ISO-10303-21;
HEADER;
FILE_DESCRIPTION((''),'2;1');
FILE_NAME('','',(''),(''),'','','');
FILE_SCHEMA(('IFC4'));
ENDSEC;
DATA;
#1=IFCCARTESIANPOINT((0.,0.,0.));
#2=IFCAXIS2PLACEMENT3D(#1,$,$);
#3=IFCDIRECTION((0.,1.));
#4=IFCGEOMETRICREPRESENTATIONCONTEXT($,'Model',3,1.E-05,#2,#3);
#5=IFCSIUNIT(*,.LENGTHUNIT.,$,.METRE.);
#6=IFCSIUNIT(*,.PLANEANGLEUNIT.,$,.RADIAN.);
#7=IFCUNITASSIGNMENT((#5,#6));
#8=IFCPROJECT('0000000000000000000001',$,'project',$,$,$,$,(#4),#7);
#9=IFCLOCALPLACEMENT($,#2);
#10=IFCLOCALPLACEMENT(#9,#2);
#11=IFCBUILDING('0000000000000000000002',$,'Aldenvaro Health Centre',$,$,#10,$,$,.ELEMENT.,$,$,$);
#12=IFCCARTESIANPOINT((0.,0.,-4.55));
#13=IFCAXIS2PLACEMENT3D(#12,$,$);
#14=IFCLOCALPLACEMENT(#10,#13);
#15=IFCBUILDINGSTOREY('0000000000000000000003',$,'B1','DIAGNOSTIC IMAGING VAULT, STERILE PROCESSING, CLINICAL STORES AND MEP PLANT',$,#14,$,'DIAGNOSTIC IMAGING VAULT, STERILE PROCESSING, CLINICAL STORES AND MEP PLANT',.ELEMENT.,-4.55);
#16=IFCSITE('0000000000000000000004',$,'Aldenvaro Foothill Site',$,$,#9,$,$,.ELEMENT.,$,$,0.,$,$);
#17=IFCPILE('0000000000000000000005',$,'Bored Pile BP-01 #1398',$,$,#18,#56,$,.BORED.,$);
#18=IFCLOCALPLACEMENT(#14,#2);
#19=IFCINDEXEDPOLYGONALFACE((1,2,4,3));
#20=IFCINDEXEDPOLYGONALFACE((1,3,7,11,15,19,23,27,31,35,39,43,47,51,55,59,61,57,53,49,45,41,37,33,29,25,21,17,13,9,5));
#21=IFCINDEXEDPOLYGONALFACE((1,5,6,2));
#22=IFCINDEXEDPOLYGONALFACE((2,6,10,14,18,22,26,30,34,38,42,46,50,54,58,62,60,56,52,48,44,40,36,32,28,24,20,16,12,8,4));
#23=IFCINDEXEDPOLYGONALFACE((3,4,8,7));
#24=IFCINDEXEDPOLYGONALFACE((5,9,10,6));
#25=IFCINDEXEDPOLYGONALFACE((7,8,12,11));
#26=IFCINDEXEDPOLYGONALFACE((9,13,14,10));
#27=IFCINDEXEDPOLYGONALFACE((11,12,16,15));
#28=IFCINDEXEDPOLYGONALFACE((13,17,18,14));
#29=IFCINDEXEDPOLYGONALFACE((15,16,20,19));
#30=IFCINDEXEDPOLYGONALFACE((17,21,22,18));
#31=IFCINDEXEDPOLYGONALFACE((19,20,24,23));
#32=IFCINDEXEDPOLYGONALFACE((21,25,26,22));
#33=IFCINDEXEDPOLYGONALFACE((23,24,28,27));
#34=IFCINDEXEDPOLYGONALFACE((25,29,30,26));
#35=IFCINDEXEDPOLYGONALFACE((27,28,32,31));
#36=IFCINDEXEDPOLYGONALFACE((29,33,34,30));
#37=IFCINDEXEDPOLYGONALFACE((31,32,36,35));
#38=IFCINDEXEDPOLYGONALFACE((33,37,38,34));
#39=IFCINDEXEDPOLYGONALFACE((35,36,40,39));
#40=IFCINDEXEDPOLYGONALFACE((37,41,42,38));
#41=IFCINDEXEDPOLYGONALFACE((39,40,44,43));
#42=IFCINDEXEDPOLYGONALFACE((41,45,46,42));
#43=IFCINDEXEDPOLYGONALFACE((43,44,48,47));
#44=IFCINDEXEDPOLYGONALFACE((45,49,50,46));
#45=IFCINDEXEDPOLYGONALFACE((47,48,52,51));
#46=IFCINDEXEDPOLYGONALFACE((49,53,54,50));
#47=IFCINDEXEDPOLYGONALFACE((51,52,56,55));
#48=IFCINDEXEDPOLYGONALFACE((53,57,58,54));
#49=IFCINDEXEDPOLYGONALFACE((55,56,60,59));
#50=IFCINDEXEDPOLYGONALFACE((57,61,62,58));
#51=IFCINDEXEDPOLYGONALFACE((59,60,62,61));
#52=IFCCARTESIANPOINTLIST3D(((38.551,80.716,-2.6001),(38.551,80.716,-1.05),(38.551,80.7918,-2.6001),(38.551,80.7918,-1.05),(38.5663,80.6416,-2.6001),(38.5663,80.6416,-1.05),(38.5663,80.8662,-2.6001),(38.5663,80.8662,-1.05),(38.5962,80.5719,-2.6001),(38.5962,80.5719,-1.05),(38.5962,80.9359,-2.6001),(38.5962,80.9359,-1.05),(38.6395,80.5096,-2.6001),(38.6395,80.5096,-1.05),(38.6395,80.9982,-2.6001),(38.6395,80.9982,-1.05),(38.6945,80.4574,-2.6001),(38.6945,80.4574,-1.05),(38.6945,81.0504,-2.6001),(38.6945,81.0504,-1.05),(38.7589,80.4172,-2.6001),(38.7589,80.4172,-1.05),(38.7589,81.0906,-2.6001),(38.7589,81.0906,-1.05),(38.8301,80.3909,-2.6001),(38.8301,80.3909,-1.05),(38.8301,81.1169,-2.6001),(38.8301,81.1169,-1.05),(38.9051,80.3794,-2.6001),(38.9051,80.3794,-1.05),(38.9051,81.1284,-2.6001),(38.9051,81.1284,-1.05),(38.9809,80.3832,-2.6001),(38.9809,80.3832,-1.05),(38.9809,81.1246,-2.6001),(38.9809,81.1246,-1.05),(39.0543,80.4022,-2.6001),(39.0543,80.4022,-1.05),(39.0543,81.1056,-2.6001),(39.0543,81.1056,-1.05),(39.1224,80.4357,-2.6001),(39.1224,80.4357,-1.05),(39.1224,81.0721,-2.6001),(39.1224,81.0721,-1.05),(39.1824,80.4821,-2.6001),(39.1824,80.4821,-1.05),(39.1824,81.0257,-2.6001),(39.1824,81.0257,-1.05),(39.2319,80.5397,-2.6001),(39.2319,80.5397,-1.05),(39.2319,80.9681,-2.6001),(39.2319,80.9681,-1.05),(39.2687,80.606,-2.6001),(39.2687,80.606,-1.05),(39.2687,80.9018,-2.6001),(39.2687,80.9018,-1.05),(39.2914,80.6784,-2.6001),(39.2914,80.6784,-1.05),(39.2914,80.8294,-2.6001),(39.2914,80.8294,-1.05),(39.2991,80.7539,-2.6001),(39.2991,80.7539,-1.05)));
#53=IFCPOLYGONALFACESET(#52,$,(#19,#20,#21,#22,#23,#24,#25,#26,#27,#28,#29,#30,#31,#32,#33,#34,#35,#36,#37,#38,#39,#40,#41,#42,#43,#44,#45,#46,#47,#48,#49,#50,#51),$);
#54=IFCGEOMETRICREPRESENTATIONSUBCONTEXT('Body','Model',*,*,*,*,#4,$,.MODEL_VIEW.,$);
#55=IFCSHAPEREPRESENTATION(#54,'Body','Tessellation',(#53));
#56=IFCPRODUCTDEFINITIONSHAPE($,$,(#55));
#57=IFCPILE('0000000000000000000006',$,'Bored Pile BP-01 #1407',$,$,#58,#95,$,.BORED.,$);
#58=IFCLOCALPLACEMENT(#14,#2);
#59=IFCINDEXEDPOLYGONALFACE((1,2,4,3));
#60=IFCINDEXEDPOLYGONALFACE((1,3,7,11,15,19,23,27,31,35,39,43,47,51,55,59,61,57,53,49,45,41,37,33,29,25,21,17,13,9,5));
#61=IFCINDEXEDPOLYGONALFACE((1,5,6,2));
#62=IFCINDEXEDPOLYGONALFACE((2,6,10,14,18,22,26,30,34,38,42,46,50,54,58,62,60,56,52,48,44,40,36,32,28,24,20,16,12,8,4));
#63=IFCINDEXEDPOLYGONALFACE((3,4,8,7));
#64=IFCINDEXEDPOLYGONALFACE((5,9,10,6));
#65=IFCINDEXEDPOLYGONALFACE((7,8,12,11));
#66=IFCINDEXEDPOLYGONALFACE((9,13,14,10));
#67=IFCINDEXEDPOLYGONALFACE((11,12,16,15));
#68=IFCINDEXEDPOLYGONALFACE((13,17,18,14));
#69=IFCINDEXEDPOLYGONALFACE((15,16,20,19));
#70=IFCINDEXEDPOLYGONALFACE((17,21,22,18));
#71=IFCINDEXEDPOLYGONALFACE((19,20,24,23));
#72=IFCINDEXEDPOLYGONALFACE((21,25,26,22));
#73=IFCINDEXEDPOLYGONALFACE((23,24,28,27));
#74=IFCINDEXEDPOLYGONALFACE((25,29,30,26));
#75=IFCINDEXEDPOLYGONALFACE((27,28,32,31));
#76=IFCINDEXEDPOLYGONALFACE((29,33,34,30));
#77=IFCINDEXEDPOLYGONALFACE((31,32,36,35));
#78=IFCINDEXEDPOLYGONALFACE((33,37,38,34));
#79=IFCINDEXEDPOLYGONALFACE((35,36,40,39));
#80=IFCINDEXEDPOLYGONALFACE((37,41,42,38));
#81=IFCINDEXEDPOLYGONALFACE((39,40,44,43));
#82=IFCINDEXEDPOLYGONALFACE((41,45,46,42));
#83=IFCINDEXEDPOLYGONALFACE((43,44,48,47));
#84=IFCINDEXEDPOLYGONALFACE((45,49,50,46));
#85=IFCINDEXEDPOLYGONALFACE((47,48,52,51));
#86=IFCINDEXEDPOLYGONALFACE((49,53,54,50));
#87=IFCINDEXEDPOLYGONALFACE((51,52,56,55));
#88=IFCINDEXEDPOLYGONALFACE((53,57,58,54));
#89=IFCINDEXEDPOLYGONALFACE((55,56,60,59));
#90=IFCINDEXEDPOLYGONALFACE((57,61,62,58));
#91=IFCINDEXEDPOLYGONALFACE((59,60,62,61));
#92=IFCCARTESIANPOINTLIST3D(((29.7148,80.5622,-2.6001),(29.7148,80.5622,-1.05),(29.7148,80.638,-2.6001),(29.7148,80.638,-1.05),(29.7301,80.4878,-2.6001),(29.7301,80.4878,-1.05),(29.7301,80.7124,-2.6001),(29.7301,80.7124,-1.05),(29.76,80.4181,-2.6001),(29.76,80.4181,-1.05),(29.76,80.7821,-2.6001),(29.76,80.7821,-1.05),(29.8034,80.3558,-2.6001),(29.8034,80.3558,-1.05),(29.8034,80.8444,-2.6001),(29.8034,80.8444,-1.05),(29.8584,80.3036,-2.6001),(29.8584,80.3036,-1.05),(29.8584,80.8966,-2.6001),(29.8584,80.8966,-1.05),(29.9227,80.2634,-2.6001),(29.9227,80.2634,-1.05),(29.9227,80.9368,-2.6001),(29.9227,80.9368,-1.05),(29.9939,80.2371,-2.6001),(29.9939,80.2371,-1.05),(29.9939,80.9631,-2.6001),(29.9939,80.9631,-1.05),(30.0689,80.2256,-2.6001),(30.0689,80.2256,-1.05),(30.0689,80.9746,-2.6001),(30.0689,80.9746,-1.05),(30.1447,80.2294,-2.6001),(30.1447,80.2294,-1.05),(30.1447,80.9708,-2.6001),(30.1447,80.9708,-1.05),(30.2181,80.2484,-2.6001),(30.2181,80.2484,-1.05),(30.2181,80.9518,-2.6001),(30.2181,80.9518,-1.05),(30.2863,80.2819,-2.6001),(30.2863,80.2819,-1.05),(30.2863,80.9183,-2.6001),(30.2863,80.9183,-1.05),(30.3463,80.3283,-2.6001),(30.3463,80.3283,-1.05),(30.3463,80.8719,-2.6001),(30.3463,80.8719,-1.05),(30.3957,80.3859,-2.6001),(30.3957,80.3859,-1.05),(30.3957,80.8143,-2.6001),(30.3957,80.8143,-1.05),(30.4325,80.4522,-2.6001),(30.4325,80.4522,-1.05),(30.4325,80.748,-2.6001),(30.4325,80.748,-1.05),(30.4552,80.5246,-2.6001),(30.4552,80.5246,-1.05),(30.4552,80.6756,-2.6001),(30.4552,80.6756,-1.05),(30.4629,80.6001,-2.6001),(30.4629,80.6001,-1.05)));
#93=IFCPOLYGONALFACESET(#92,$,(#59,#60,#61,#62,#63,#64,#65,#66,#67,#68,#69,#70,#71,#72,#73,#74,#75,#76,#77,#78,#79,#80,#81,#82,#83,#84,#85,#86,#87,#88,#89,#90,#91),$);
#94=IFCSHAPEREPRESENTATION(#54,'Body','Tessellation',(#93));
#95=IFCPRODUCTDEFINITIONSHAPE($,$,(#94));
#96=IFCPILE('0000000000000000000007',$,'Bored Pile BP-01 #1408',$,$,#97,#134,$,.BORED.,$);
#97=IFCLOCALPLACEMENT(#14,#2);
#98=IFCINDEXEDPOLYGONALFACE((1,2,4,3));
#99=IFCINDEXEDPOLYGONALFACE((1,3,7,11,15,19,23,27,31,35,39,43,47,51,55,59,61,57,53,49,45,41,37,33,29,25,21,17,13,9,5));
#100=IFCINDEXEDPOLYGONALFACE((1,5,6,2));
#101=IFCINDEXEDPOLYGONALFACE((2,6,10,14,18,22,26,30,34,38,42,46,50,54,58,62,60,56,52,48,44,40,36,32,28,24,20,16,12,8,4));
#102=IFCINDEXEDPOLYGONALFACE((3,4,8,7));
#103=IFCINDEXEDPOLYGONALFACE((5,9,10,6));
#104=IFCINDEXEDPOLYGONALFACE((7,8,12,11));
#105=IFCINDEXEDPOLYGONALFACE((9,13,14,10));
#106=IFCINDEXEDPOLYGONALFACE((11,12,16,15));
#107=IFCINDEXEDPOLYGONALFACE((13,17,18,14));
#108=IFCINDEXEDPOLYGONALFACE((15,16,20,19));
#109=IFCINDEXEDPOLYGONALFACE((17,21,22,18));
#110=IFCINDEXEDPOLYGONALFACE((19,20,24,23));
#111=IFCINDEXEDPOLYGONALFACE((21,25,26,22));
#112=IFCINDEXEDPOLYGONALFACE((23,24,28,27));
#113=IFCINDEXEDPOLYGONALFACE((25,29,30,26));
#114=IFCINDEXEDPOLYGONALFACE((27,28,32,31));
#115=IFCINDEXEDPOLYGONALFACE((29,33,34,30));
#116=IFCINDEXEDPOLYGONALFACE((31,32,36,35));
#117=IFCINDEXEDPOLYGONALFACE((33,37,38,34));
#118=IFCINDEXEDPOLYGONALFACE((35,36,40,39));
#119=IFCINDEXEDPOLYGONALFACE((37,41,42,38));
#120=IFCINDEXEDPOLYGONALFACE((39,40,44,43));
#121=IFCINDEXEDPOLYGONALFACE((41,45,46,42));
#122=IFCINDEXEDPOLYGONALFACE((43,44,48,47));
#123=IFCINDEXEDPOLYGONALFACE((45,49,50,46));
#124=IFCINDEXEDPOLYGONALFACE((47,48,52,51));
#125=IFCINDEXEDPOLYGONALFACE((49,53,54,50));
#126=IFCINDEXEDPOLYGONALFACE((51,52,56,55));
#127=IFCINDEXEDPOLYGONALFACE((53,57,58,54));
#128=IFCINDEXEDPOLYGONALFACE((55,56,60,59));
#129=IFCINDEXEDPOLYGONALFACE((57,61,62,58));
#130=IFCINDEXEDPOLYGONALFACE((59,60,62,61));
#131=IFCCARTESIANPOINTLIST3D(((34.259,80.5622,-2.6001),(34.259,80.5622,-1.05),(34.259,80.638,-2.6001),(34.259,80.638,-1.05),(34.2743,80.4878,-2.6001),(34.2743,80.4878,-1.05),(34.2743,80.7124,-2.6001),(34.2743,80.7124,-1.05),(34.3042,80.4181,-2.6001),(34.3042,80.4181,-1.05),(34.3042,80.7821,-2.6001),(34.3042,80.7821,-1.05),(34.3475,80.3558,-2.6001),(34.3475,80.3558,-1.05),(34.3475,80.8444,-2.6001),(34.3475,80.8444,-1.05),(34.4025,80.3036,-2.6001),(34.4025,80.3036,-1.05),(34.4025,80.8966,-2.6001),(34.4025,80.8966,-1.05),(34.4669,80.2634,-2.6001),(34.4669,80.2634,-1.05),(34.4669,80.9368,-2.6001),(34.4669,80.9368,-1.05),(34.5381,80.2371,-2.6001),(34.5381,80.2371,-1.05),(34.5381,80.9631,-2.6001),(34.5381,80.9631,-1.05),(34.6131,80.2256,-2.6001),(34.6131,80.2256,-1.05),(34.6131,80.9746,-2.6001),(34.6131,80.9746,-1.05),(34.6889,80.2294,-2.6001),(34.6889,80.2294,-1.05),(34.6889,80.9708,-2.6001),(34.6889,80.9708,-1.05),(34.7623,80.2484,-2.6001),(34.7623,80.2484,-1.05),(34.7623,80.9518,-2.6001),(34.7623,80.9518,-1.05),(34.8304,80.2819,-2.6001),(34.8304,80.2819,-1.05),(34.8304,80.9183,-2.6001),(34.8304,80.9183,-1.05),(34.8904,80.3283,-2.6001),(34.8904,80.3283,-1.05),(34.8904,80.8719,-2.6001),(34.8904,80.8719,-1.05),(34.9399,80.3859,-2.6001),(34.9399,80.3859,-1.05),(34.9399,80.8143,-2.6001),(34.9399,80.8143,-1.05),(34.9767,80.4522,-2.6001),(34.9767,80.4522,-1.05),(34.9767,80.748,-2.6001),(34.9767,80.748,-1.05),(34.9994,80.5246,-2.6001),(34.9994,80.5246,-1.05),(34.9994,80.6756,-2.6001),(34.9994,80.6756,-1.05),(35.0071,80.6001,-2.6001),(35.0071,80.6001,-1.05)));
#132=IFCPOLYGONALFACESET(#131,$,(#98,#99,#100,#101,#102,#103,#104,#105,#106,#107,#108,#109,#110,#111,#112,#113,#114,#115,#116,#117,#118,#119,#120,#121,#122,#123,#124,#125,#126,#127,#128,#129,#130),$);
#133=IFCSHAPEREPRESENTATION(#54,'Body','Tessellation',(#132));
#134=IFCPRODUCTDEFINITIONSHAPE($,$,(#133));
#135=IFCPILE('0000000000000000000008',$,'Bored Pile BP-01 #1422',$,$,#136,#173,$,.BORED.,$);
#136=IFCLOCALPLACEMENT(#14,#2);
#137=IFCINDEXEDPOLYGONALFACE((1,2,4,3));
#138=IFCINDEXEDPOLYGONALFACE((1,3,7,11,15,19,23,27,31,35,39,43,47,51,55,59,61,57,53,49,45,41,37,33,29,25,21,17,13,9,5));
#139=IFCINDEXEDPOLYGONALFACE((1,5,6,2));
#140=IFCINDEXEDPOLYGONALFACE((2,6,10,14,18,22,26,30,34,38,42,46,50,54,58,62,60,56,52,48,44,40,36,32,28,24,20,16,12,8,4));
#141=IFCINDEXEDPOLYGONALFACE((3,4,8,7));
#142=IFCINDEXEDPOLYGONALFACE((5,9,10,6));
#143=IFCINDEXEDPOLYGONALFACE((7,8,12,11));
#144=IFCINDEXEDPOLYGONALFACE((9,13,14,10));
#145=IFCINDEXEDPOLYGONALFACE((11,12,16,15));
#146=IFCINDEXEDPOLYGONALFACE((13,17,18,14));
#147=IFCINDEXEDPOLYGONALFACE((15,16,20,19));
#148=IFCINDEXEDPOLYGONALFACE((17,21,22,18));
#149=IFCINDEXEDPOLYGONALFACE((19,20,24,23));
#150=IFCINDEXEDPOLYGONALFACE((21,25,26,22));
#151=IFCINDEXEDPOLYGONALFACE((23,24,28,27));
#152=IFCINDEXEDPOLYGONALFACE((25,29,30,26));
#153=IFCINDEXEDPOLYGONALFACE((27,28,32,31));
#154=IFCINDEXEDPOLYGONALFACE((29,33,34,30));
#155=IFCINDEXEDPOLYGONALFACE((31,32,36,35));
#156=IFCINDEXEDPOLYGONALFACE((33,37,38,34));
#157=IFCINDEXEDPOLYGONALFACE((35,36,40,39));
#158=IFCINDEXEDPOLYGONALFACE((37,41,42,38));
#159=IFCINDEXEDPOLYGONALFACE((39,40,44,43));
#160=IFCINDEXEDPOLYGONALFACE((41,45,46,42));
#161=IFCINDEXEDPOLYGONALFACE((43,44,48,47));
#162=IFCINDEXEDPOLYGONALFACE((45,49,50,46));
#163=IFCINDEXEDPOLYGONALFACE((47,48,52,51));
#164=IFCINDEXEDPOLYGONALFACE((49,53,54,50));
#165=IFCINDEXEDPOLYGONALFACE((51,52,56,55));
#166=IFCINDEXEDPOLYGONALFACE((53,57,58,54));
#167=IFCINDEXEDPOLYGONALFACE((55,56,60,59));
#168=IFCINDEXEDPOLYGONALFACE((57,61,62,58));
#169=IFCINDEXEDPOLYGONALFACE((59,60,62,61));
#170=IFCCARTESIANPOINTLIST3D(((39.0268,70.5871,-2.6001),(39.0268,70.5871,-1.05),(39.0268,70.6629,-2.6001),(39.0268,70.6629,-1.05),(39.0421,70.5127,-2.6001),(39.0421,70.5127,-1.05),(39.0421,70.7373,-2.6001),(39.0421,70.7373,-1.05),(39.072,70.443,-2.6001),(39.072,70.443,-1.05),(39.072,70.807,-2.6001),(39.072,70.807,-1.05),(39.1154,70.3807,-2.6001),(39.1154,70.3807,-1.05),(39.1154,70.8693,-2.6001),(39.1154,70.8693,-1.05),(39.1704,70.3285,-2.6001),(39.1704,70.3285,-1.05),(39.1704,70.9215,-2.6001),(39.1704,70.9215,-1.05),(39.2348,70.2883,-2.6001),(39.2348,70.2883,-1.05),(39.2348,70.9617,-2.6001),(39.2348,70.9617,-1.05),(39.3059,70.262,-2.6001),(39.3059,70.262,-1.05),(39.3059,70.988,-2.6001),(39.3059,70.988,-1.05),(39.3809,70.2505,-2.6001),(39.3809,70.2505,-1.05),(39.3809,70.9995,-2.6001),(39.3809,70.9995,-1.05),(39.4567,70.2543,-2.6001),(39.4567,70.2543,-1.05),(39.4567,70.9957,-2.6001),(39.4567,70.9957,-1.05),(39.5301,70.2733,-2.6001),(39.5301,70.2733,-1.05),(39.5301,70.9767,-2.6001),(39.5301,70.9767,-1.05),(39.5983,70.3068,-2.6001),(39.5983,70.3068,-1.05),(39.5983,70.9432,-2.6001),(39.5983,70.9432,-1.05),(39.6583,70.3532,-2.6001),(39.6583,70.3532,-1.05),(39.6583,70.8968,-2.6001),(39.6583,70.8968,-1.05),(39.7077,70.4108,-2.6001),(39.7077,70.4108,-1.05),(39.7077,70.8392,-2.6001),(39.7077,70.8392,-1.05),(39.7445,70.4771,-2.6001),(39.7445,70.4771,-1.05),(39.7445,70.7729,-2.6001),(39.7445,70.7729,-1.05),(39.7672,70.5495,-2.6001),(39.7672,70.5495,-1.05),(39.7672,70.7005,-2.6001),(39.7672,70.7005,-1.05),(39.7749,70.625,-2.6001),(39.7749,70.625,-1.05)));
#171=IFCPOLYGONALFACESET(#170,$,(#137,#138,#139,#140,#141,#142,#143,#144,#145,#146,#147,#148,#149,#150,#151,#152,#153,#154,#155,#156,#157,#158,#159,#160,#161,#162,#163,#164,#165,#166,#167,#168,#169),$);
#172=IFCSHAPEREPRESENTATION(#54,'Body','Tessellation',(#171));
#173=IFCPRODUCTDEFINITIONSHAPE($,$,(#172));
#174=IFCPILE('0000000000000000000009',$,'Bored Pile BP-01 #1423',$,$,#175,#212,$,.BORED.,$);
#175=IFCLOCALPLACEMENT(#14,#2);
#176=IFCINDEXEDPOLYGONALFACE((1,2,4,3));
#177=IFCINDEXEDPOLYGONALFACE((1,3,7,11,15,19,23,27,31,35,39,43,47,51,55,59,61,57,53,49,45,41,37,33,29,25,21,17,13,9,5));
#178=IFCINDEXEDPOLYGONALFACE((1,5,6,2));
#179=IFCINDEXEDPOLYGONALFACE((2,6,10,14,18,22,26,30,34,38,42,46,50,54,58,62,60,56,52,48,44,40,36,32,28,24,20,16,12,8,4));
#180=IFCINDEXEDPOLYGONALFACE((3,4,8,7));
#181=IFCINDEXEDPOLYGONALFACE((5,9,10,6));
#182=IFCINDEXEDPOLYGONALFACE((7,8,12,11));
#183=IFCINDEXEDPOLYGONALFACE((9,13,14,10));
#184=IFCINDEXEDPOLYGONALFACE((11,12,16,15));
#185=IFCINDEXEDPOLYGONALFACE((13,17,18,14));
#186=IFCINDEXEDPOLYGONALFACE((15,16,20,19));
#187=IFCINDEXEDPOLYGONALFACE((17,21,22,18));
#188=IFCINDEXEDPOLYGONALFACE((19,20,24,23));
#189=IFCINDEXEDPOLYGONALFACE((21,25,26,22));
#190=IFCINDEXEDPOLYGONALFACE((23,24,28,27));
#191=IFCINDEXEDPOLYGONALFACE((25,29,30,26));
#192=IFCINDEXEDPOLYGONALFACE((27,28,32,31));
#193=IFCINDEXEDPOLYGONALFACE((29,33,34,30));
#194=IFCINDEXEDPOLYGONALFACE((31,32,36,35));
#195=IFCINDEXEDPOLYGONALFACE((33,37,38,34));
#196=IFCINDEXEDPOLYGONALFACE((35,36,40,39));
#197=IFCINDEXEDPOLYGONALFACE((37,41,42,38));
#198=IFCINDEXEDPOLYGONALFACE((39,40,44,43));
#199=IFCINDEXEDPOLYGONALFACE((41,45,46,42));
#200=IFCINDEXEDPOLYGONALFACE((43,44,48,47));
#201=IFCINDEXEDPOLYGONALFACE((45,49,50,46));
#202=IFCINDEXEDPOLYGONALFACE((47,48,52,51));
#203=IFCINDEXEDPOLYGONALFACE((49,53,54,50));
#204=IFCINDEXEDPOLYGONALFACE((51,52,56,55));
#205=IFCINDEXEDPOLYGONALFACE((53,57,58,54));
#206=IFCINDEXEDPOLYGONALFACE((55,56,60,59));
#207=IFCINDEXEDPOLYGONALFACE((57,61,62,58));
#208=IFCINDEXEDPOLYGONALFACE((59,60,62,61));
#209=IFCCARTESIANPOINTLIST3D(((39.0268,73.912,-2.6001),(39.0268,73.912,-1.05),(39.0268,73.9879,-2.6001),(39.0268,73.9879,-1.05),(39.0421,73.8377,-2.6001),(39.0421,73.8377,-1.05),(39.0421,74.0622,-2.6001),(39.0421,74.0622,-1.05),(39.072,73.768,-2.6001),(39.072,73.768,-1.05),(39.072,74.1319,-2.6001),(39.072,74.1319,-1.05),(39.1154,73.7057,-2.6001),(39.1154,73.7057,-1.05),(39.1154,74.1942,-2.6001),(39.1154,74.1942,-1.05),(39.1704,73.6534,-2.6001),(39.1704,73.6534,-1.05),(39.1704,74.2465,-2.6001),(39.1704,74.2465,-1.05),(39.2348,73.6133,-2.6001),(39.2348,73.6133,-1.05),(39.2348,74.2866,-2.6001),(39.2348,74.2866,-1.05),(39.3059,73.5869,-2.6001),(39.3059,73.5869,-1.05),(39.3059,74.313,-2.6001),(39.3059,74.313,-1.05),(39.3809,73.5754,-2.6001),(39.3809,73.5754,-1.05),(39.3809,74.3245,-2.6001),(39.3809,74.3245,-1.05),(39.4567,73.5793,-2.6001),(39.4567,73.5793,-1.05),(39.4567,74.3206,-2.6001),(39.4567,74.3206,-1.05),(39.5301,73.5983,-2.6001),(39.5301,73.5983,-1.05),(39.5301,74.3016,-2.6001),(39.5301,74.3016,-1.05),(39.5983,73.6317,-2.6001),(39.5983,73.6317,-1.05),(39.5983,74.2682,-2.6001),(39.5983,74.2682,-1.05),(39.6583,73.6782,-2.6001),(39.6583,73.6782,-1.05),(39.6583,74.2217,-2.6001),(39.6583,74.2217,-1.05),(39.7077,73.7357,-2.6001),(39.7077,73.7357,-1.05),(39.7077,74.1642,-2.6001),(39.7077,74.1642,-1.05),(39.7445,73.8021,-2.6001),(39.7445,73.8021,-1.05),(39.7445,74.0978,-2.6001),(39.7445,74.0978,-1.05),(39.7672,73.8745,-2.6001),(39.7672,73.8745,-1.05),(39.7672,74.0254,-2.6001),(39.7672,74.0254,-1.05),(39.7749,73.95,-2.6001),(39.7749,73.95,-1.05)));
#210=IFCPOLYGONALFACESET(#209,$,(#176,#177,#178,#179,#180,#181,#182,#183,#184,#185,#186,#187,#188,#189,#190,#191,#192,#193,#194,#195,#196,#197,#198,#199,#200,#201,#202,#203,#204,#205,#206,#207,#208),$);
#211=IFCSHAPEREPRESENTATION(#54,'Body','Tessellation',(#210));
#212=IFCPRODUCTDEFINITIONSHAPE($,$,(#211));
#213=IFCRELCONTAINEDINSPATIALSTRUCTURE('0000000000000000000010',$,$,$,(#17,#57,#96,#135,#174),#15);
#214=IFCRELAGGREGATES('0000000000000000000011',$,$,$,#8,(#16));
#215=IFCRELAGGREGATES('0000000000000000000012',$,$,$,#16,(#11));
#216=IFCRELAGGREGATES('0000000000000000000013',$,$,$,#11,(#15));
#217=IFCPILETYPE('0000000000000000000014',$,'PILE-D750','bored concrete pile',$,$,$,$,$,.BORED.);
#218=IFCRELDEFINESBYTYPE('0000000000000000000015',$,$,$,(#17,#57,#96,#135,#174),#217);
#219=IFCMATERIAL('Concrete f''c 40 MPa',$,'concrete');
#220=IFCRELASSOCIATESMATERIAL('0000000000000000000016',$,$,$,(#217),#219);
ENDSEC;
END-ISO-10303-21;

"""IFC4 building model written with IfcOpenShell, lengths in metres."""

from ifc_helpers import new_model, si_unit, direction, frame, origin, origin_2d, place, context, subcontext, project, spatial, circle, extrude, material, material_profile, profile_set, type_object, element, save


model = new_model("IFC4")

# Units and contexts
model_context = context("Model", 3, precision=1e-05, world=origin(), true_north=direction((0.0, 1.0)))
body_context = subcontext(model_context, "Body", "Model", "MODEL_VIEW")
ifc_project = project(units=[si_unit("LENGTHUNIT", "METRE"), si_unit("PLANEANGLEUNIT", "RADIAN")], contexts=[model_context])

# Site, building, storey
site_placement = place(None, origin())
site = spatial("IfcSite", under=ifc_project, at=site_placement, Name="Aldenvaro Foothill Site", CompositionType="ELEMENT", RefElevation=0.0)
building_placement = place(site_placement, origin())
building = spatial("IfcBuilding", under=site, at=building_placement, Name="Aldenvaro Health Centre", CompositionType="ELEMENT")
storey_placement = place(building_placement, frame((0.0, 0.0, -4.55)))
storey = spatial("IfcBuildingStorey", under=building, at=storey_placement, Name="B1", Description="DIAGNOSTIC IMAGING VAULT, STERILE PROCESSING, CLINICAL STORES AND MEP PLANT", LongName="DIAGNOSTIC IMAGING VAULT, STERILE PROCESSING, CLINICAL STORES AND MEP PLANT", CompositionType="ELEMENT", Elevation=-4.55)

# Shared definitions
ifc_material_1 = material(Name="Concrete f'c 40 MPa", Category="concrete")

# Piles
ifc_material_profile_1 = material_profile(ifc_material_1, circle(Radius=0.375, at=origin_2d()), Name="PILE D750", Category="concrete")
ifc_profile_set_1 = profile_set([ifc_material_profile_1], Name="Concrete f'c 40 MPa")
pile_type_1 = type_object("IfcPileType", Name="PILE-D750", Description="bored concrete pile", PredefinedType="BORED", material=ifc_profile_set_1)
for number, where, z_axis, x_axis, name in (
    (1, (38.9241, 80.7539, -1.05), (0.0, 0.0, -1.0), (1.0, 0.0, 0.0), "Bored Pile BP-01 #1398"),
    (2, (30.0879, 80.6001, -1.05), (0.0, 0.0, -1.0), (1.0, 0.0, 0.0), "Bored Pile BP-01 #1407"),
    (3, (34.6321, 80.6001, -1.05), (0.0, 0.0, -1.0), (1.0, 0.0, 0.0), "Bored Pile BP-01 #1408"),
    (4, (39.3999, 70.625, -1.05), (0.0, 0.0, -1.0), (1.0, 0.0, 0.0), "Bored Pile BP-01 #1422"),
    (5, (39.3999, 73.95, -1.05), (0.0, 0.0, -1.0), (1.0, 0.0, 0.0), "Bored Pile BP-01 #1423"),
):
    element("IfcPile", number, at=place(storey_placement, frame(where, z_axis=z_axis, x_axis=x_axis)), inside=storey, type_object=pile_type_1, Name=name, PredefinedType="BORED", context=body_context, shape_type="SweptSolid", body=[
        extrude(circle(Radius=0.375, at=origin_2d()), origin(), (0.0, 0.0, 1.0), 1.55),
    ])

save(model, "model.ifc")
